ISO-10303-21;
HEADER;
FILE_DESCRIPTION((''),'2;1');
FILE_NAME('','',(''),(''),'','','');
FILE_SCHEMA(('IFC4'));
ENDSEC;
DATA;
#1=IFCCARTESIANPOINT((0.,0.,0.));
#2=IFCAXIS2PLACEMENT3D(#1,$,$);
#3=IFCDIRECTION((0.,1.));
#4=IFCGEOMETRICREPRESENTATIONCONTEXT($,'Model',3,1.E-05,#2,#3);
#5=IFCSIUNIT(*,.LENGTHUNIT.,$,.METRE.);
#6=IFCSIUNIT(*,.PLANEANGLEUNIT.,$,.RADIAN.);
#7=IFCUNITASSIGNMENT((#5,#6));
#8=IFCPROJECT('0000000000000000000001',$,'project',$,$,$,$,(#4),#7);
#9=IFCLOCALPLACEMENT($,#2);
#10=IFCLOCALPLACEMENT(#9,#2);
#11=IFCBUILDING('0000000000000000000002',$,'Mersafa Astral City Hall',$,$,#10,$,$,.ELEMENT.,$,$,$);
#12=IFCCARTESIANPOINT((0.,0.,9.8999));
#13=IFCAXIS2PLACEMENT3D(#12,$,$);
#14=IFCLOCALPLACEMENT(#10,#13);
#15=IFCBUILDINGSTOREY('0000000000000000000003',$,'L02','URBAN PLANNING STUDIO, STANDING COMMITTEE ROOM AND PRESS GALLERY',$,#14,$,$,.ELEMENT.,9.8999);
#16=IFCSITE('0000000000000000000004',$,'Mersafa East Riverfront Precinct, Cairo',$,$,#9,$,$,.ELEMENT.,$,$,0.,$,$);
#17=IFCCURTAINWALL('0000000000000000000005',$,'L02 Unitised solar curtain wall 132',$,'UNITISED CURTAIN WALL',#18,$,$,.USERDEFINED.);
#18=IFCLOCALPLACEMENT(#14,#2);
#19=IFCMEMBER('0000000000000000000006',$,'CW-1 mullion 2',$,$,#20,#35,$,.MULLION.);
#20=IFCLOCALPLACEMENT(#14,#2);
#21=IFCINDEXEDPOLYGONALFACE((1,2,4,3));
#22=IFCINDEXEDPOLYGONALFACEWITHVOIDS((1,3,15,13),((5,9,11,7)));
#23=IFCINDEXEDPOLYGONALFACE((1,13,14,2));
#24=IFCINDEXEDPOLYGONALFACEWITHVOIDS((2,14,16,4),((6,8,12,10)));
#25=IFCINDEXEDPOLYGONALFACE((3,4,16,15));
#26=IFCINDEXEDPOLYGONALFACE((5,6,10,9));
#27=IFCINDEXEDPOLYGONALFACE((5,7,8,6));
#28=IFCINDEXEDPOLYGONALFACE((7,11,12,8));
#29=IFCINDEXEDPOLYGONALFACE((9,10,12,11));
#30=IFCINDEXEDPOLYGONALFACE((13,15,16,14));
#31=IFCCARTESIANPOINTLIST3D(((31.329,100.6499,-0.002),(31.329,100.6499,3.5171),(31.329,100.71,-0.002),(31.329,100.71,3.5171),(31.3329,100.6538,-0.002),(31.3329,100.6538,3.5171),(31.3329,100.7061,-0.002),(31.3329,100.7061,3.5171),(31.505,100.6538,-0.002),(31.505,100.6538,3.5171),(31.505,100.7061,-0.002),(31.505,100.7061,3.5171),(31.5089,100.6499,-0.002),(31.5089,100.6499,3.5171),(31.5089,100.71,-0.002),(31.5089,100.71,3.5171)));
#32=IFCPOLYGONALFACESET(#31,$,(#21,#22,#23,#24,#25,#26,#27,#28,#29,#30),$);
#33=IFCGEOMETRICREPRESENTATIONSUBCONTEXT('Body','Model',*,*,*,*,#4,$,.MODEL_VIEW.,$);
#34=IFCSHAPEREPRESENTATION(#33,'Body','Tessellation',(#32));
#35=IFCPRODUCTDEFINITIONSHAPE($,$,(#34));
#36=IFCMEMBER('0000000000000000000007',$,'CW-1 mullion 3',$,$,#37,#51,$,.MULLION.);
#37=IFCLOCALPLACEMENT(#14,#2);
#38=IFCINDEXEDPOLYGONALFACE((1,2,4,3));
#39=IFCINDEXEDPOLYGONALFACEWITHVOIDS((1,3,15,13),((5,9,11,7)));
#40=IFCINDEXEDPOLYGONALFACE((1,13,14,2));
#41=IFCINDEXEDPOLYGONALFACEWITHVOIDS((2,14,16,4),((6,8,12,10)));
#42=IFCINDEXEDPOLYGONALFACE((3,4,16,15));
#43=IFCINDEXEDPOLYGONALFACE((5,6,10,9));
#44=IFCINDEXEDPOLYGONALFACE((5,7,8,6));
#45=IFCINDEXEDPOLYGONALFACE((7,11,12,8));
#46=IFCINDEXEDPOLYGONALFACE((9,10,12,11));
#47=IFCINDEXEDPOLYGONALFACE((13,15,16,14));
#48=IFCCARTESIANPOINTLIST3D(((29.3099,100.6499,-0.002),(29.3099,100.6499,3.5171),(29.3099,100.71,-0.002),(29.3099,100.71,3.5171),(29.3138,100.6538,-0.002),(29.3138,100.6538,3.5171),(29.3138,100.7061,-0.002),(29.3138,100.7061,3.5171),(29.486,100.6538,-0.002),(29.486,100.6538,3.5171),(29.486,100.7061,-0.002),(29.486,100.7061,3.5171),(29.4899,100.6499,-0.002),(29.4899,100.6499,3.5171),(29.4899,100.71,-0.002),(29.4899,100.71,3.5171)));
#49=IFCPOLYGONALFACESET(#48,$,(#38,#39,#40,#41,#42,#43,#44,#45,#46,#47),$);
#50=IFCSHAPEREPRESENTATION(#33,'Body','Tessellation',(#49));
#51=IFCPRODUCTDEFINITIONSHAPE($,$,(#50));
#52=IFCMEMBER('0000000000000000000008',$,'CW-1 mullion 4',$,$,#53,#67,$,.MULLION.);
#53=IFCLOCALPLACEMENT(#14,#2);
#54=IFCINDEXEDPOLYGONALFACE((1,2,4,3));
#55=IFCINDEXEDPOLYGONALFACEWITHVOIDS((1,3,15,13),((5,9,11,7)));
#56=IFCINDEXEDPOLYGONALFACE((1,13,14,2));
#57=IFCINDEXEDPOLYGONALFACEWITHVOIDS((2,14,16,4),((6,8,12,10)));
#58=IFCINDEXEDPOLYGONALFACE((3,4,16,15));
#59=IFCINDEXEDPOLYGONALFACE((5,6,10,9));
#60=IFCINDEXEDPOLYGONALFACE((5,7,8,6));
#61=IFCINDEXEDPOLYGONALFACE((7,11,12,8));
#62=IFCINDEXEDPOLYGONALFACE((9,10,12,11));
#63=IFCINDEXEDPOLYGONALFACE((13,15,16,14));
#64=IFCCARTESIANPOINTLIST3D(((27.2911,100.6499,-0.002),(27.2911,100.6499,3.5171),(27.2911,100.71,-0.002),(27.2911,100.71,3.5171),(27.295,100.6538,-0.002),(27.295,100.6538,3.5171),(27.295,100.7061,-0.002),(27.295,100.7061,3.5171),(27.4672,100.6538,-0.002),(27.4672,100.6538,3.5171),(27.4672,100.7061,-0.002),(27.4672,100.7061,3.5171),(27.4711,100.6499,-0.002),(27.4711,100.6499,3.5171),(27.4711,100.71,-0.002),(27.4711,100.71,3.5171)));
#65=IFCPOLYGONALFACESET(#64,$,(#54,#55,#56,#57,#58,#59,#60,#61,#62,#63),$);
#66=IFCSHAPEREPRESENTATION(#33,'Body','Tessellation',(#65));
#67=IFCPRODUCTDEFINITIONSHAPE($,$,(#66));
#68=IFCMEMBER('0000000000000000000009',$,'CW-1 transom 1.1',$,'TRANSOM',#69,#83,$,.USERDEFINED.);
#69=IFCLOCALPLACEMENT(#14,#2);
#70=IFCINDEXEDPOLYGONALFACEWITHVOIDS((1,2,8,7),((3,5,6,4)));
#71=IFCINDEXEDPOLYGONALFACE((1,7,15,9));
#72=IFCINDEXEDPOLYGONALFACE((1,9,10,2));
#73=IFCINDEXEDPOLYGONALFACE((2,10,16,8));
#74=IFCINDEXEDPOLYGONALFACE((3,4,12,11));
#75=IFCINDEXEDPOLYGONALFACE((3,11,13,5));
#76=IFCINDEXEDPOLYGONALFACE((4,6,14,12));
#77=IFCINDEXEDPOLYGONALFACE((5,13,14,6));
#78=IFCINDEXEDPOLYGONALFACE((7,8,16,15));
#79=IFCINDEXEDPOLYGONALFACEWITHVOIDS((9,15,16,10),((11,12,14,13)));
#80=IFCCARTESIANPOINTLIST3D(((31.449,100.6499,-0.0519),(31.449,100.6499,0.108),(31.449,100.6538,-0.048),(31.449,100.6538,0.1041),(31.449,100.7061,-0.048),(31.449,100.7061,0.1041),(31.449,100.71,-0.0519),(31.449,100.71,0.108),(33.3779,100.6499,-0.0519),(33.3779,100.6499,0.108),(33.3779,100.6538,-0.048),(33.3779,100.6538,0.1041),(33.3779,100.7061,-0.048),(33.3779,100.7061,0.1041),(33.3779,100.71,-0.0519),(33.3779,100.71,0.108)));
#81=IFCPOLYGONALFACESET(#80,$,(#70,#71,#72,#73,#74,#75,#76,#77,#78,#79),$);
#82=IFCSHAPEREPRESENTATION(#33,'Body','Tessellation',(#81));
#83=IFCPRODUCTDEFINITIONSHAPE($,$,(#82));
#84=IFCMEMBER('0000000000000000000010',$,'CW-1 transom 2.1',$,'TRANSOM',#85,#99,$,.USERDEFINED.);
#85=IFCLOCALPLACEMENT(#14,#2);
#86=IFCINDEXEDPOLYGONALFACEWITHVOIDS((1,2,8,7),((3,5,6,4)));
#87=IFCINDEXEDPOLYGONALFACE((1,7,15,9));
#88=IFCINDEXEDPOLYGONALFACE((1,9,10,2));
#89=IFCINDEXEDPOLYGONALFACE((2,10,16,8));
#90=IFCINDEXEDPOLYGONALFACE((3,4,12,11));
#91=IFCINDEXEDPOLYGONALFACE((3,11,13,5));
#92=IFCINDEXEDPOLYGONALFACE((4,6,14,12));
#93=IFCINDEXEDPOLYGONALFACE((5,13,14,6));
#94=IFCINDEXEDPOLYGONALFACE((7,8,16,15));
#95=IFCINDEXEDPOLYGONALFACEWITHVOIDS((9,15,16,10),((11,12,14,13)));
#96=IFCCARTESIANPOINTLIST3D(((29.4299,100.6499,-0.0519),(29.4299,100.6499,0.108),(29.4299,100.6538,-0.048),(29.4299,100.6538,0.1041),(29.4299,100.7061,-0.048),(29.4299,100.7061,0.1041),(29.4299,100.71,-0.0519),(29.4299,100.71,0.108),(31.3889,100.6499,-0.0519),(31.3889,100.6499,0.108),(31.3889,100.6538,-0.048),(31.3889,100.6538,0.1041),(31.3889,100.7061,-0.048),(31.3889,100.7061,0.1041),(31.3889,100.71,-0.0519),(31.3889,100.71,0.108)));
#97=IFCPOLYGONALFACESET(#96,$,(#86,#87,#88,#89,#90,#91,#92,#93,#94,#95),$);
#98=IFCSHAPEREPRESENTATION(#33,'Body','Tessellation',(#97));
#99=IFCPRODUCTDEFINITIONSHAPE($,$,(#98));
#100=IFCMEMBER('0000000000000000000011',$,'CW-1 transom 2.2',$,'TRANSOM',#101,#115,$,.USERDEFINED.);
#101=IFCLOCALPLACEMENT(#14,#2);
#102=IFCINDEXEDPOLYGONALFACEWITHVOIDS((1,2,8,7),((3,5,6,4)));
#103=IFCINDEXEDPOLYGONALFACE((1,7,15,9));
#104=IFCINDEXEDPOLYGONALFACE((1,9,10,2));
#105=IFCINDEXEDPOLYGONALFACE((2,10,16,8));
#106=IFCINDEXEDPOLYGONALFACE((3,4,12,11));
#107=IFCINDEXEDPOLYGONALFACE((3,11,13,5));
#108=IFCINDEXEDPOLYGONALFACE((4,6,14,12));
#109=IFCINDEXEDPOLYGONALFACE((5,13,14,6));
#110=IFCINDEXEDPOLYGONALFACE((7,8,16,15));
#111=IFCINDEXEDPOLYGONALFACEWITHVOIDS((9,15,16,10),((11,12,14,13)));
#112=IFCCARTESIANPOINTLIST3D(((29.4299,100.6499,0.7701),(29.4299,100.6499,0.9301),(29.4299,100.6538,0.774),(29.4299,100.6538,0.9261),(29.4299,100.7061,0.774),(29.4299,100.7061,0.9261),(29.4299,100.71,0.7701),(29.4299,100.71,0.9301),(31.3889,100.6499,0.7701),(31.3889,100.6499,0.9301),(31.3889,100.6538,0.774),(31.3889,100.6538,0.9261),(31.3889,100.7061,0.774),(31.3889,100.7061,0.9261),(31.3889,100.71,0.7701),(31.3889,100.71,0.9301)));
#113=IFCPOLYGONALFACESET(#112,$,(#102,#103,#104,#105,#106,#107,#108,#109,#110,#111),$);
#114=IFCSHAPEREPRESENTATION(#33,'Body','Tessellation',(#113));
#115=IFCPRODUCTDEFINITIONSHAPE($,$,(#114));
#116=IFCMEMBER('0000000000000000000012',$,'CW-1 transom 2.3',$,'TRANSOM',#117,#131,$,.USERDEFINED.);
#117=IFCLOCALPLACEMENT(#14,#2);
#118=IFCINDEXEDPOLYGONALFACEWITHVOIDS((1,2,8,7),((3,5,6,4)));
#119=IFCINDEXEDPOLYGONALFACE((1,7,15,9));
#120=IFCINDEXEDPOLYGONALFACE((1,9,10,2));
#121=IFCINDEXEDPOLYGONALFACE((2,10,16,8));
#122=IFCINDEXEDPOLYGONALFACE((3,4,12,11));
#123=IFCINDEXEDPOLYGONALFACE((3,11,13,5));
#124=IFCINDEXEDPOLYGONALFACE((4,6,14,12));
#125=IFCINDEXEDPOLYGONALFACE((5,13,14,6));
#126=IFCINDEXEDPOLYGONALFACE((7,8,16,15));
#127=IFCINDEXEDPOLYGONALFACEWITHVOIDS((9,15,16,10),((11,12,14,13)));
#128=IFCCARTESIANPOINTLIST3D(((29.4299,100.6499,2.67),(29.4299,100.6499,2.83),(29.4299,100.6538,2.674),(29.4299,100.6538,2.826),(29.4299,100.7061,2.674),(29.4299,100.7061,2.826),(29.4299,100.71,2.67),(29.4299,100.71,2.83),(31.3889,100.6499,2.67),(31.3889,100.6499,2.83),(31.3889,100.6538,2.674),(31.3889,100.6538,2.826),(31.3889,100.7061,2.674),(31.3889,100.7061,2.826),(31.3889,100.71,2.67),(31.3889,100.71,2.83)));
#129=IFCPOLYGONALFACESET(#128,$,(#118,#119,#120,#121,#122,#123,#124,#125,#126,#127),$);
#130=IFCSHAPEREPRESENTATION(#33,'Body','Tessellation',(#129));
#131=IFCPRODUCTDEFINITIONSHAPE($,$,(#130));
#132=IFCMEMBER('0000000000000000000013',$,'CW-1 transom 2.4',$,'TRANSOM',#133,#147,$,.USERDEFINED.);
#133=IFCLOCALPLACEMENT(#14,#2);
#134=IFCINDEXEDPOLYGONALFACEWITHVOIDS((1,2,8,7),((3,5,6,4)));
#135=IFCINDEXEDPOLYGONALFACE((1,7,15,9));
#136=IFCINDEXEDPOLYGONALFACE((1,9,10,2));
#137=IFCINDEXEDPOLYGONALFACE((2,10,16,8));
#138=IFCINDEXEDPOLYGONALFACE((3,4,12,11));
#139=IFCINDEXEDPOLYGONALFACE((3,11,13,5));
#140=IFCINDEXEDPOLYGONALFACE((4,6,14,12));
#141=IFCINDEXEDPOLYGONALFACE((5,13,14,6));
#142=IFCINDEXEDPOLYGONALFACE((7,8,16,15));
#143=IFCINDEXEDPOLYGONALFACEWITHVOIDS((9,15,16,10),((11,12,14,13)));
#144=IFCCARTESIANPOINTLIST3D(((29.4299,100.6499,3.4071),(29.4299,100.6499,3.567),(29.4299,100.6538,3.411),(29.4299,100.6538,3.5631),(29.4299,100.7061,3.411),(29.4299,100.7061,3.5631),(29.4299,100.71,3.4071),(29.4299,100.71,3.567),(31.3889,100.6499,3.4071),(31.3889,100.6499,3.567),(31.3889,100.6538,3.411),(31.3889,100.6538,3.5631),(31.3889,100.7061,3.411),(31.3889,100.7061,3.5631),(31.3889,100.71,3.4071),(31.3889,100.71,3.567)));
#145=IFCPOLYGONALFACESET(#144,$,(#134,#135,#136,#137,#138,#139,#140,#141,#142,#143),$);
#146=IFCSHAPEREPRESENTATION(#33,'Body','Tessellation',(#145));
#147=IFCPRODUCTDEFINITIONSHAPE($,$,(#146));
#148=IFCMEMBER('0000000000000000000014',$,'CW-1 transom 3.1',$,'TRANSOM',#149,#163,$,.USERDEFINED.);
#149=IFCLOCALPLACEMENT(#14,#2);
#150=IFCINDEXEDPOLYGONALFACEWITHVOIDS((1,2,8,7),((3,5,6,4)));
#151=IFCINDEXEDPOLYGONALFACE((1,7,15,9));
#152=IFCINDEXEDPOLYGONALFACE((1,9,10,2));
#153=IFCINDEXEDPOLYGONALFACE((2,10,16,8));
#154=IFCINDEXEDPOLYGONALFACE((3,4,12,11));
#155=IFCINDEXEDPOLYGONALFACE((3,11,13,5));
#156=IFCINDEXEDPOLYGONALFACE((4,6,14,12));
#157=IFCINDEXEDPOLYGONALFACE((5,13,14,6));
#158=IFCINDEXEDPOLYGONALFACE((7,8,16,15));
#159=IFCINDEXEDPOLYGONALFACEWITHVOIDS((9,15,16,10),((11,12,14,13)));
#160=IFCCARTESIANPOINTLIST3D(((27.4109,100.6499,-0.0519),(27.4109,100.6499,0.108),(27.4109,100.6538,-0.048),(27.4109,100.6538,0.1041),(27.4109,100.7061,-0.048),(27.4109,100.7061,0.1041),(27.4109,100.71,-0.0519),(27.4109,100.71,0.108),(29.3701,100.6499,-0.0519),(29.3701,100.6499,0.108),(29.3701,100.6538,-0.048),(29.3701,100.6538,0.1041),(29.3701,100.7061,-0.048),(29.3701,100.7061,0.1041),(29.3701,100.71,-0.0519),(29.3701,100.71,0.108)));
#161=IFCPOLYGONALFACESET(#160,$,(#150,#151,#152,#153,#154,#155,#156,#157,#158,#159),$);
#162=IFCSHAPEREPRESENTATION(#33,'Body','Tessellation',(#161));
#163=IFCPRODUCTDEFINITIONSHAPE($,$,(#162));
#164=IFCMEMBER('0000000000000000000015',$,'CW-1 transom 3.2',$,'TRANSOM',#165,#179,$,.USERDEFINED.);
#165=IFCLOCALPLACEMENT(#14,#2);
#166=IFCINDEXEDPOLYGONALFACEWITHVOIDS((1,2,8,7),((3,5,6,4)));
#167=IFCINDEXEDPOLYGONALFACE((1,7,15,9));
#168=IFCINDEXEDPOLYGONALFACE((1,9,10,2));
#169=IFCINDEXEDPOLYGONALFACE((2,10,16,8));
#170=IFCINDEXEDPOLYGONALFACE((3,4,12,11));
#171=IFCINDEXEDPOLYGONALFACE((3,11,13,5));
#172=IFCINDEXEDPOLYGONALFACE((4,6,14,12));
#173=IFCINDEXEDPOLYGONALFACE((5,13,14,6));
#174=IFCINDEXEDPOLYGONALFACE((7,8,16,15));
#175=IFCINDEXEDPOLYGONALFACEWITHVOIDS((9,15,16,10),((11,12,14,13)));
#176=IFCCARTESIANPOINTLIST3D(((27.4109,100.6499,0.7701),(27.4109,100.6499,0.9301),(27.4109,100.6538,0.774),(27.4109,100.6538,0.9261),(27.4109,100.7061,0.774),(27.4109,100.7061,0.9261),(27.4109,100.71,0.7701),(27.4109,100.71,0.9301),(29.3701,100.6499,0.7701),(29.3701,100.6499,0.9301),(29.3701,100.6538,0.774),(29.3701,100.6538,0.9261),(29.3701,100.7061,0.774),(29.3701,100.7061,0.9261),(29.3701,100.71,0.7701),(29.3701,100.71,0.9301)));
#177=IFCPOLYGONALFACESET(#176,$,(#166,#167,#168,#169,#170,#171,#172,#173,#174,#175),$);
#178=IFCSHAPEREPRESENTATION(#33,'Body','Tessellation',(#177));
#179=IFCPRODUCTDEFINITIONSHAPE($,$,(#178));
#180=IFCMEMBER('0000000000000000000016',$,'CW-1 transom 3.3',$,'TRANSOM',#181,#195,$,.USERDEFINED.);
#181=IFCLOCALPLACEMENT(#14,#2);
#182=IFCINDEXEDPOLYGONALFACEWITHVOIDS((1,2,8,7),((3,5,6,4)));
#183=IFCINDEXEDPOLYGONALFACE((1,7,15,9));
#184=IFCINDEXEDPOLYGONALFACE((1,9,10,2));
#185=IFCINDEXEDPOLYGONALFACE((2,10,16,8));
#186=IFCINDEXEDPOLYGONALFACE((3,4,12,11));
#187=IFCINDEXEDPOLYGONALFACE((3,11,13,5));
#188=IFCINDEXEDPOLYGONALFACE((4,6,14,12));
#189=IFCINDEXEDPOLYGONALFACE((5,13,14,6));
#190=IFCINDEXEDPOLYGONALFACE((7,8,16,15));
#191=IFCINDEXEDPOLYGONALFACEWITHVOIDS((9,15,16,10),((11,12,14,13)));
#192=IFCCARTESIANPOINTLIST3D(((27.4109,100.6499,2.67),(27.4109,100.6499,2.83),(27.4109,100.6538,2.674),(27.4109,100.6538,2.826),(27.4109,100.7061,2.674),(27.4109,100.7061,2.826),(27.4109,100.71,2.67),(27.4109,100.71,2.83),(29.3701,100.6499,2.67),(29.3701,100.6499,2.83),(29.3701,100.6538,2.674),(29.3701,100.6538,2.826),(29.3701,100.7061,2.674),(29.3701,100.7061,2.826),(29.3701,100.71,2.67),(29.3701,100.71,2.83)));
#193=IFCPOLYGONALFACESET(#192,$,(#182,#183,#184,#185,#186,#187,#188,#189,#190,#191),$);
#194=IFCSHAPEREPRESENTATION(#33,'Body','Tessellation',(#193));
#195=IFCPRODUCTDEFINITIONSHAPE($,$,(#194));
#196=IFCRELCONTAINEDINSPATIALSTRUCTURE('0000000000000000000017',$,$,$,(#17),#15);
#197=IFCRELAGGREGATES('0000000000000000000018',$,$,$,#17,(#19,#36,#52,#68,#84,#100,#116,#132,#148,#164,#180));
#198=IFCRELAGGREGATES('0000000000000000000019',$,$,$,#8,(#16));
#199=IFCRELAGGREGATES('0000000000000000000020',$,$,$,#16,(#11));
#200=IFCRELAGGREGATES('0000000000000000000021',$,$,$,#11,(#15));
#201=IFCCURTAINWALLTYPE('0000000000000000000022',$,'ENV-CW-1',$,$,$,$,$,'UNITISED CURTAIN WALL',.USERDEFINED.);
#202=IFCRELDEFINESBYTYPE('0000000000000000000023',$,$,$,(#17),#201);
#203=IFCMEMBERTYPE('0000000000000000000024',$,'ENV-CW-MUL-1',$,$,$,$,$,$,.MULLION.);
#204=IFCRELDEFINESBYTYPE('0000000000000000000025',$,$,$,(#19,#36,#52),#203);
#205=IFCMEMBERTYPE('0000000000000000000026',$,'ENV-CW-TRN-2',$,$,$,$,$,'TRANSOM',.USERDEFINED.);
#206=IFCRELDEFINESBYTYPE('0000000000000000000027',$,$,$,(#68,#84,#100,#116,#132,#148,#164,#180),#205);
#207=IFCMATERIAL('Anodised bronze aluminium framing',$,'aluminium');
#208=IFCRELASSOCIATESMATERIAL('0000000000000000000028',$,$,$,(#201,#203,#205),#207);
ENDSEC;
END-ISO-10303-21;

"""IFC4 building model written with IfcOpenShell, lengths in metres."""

from ifc_helpers import new_model, si_unit, direction, frame, origin, origin_2d, place, context, subcontext, project, spatial, hollow_rectangle, extrude, material, material_profile, profile_set, type_object, element, aggregate, save


model = new_model("IFC4")

# Units and contexts
model_context = context("Model", 3, precision=1e-05, world=origin(), true_north=direction((0.0, 1.0)))
body_context = subcontext(model_context, "Body", "Model", "MODEL_VIEW")
ifc_project = project(units=[si_unit("LENGTHUNIT", "METRE"), si_unit("PLANEANGLEUNIT", "RADIAN")], contexts=[model_context])

# Site, building, storey
site_placement = place(None, origin())
site = spatial("IfcSite", under=ifc_project, at=site_placement, Name="Mersafa East Riverfront Precinct, Cairo", CompositionType="ELEMENT", RefElevation=0.0)
building_placement = place(site_placement, origin())
building = spatial("IfcBuilding", under=site, at=building_placement, Name="Mersafa Astral City Hall", CompositionType="ELEMENT")
storey_placement = place(building_placement, frame((0.0, 0.0, 9.8999)))
storey = spatial("IfcBuildingStorey", under=building, at=storey_placement, Name="L02", Description="URBAN PLANNING STUDIO, STANDING COMMITTEE ROOM AND PRESS GALLERY", CompositionType="ELEMENT", Elevation=9.8999)

# Curtain wall, members
ifc_material_1 = material(Name="Anodised bronze aluminium framing", Category="aluminium")
curtain_wall_type = type_object("IfcCurtainWallType", Name="ENV-CW-1", ElementType="UNITISED CURTAIN WALL", PredefinedType="USERDEFINED", material=ifc_material_1)
curtain_wall_placement = place(storey_placement, origin())
curtain_wall = element("IfcCurtainWall", 1, at=curtain_wall_placement, inside=storey, type_object=curtain_wall_type, Name="L02 Unitised solar curtain wall 132", ObjectType="UNITISED CURTAIN WALL", PredefinedType="USERDEFINED")
ifc_material_profile_1 = material_profile(ifc_material_1, hollow_rectangle(XDim=0.0601, YDim=0.1799, WallThickness=0.0039, at=origin_2d()), Name="RHS 60x180x4")
ifc_profile_set_1 = profile_set([ifc_material_profile_1], Name="Anodised bronze aluminium framing")
member_type_1 = type_object("IfcMemberType", Name="ENV-CW-MUL-1", PredefinedType="MULLION", material=ifc_profile_set_1)
member_1_placement = place(storey_placement, frame((31.4189, 100.6799, -0.002), z_axis=(0.0, 0.0, 1.0), x_axis=(0.0, -1.0, 0.0)))
member_1 = element("IfcMember", 2, at=member_1_placement, type_object=member_type_1, Name="CW-1 mullion 2", PredefinedType="MULLION", context=body_context, shape_type="SweptSolid", body=[
    extrude(hollow_rectangle(XDim=0.0601, YDim=0.1799, WallThickness=0.0039, at=origin_2d()), origin(), (0.0, 0.0, 1.0), 3.519),
])
member_2_placement = place(storey_placement, frame((29.3999, 100.6799, -0.002), z_axis=(0.0, 0.0, 1.0), x_axis=(0.0, -1.0, 0.0)))
member_2 = element("IfcMember", 3, at=member_2_placement, type_object=member_type_1, Name="CW-1 mullion 3", PredefinedType="MULLION", context=body_context, shape_type="SweptSolid", body=[
    extrude(hollow_rectangle(XDim=0.0601, YDim=0.1799, WallThickness=0.0039, at=origin_2d()), origin(), (0.0, 0.0, 1.0), 3.519),
])
member_3_placement = place(storey_placement, frame((27.3811, 100.6799, -0.002), z_axis=(0.0, 0.0, 1.0), x_axis=(0.0, -1.0, 0.0)))
member_3 = element("IfcMember", 4, at=member_3_placement, type_object=member_type_1, Name="CW-1 mullion 4", PredefinedType="MULLION", context=body_context, shape_type="SweptSolid", body=[
    extrude(hollow_rectangle(XDim=0.0601, YDim=0.1799, WallThickness=0.0039, at=origin_2d()), origin(), (0.0, 0.0, 1.0), 3.519),
])
ifc_material_profile_2 = material_profile(ifc_material_1, hollow_rectangle(XDim=0.0601, YDim=0.1599, WallThickness=0.0039, at=origin_2d()), Name="RHS 60x160x4")
ifc_profile_set_2 = profile_set([ifc_material_profile_2], Name="Anodised bronze aluminium framing")
member_type_2 = type_object("IfcMemberType", Name="ENV-CW-TRN-2", ElementType="TRANSOM", PredefinedType="USERDEFINED", material=ifc_profile_set_2)
member_4_placement = place(storey_placement, frame((33.3779, 100.6799, 0.0281), z_axis=(-1.0, 0.0, 0.0), x_axis=(0.0, -1.0, 0.0)))
member_4 = element("IfcMember", 5, at=member_4_placement, type_object=member_type_2, Name="CW-1 transom 1.1", ObjectType="TRANSOM", PredefinedType="USERDEFINED", context=body_context, shape_type="SweptSolid", body=[
    extrude(hollow_rectangle(XDim=0.0601, YDim=0.1599, WallThickness=0.0039, at=origin_2d()), origin(), (0.0, 0.0, 1.0), 1.929),
])
member_5_placement = place(storey_placement, frame((31.3889, 100.6799, 0.0281), z_axis=(-1.0, 0.0, 0.0), x_axis=(0.0, -1.0, 0.0)))
member_5 = element("IfcMember", 6, at=member_5_placement, type_object=member_type_2, Name="CW-1 transom 2.1", ObjectType="TRANSOM", PredefinedType="USERDEFINED", context=body_context, shape_type="SweptSolid", body=[
    extrude(hollow_rectangle(XDim=0.0601, YDim=0.1599, WallThickness=0.0039, at=origin_2d()), origin(), (0.0, 0.0, 1.0), 1.959),
])
member_6_placement = place(storey_placement, frame((31.3889, 100.6799, 0.8501), z_axis=(-1.0, 0.0, 0.0), x_axis=(0.0, -1.0, 0.0)))
member_6 = element("IfcMember", 7, at=member_6_placement, type_object=member_type_2, Name="CW-1 transom 2.2", ObjectType="TRANSOM", PredefinedType="USERDEFINED", context=body_context, shape_type="SweptSolid", body=[
    extrude(hollow_rectangle(XDim=0.0601, YDim=0.1599, WallThickness=0.0039, at=origin_2d()), origin(), (0.0, 0.0, 1.0), 1.959),
])
member_7_placement = place(storey_placement, frame((31.3889, 100.6799, 2.75), z_axis=(-1.0, 0.0, 0.0), x_axis=(0.0, -1.0, 0.0)))
member_7 = element("IfcMember", 8, at=member_7_placement, type_object=member_type_2, Name="CW-1 transom 2.3", ObjectType="TRANSOM", PredefinedType="USERDEFINED", context=body_context, shape_type="SweptSolid", body=[
    extrude(hollow_rectangle(XDim=0.0601, YDim=0.1599, WallThickness=0.0039, at=origin_2d()), origin(), (0.0, 0.0, 1.0), 1.959),
])
member_8_placement = place(storey_placement, frame((31.3889, 100.6799, 3.4871), z_axis=(-1.0, 0.0, 0.0), x_axis=(0.0, -1.0, 0.0)))
member_8 = element("IfcMember", 9, at=member_8_placement, type_object=member_type_2, Name="CW-1 transom 2.4", ObjectType="TRANSOM", PredefinedType="USERDEFINED", context=body_context, shape_type="SweptSolid", body=[
    extrude(hollow_rectangle(XDim=0.0601, YDim=0.1599, WallThickness=0.0039, at=origin_2d()), origin(), (0.0, 0.0, 1.0), 1.959),
])
member_9_placement = place(storey_placement, frame((29.3701, 100.6799, 0.0281), z_axis=(-1.0, 0.0, 0.0), x_axis=(0.0, -1.0, 0.0)))
member_9 = element("IfcMember", 10, at=member_9_placement, type_object=member_type_2, Name="CW-1 transom 3.1", ObjectType="TRANSOM", PredefinedType="USERDEFINED", context=body_context, shape_type="SweptSolid", body=[
    extrude(hollow_rectangle(XDim=0.0601, YDim=0.1599, WallThickness=0.0039, at=origin_2d()), origin(), (0.0, 0.0, 1.0), 1.9592),
])
member_10_placement = place(storey_placement, frame((29.3701, 100.6799, 0.8501), z_axis=(-1.0, 0.0, 0.0), x_axis=(0.0, -1.0, 0.0)))
member_10 = element("IfcMember", 11, at=member_10_placement, type_object=member_type_2, Name="CW-1 transom 3.2", ObjectType="TRANSOM", PredefinedType="USERDEFINED", context=body_context, shape_type="SweptSolid", body=[
    extrude(hollow_rectangle(XDim=0.0601, YDim=0.1599, WallThickness=0.0039, at=origin_2d()), origin(), (0.0, 0.0, 1.0), 1.9592),
])
member_11_placement = place(storey_placement, frame((29.3701, 100.6799, 2.75), z_axis=(-1.0, 0.0, 0.0), x_axis=(0.0, -1.0, 0.0)))
member_11 = element("IfcMember", 12, at=member_11_placement, type_object=member_type_2, Name="CW-1 transom 3.3", ObjectType="TRANSOM", PredefinedType="USERDEFINED", context=body_context, shape_type="SweptSolid", body=[
    extrude(hollow_rectangle(XDim=0.0601, YDim=0.1599, WallThickness=0.0039, at=origin_2d()), origin(), (0.0, 0.0, 1.0), 1.9592),
])
aggregate(curtain_wall, [member_1, member_2, member_3, member_4, member_5, member_6, member_7, member_8, member_9, member_10, member_11])

save(model, "model.ifc")
